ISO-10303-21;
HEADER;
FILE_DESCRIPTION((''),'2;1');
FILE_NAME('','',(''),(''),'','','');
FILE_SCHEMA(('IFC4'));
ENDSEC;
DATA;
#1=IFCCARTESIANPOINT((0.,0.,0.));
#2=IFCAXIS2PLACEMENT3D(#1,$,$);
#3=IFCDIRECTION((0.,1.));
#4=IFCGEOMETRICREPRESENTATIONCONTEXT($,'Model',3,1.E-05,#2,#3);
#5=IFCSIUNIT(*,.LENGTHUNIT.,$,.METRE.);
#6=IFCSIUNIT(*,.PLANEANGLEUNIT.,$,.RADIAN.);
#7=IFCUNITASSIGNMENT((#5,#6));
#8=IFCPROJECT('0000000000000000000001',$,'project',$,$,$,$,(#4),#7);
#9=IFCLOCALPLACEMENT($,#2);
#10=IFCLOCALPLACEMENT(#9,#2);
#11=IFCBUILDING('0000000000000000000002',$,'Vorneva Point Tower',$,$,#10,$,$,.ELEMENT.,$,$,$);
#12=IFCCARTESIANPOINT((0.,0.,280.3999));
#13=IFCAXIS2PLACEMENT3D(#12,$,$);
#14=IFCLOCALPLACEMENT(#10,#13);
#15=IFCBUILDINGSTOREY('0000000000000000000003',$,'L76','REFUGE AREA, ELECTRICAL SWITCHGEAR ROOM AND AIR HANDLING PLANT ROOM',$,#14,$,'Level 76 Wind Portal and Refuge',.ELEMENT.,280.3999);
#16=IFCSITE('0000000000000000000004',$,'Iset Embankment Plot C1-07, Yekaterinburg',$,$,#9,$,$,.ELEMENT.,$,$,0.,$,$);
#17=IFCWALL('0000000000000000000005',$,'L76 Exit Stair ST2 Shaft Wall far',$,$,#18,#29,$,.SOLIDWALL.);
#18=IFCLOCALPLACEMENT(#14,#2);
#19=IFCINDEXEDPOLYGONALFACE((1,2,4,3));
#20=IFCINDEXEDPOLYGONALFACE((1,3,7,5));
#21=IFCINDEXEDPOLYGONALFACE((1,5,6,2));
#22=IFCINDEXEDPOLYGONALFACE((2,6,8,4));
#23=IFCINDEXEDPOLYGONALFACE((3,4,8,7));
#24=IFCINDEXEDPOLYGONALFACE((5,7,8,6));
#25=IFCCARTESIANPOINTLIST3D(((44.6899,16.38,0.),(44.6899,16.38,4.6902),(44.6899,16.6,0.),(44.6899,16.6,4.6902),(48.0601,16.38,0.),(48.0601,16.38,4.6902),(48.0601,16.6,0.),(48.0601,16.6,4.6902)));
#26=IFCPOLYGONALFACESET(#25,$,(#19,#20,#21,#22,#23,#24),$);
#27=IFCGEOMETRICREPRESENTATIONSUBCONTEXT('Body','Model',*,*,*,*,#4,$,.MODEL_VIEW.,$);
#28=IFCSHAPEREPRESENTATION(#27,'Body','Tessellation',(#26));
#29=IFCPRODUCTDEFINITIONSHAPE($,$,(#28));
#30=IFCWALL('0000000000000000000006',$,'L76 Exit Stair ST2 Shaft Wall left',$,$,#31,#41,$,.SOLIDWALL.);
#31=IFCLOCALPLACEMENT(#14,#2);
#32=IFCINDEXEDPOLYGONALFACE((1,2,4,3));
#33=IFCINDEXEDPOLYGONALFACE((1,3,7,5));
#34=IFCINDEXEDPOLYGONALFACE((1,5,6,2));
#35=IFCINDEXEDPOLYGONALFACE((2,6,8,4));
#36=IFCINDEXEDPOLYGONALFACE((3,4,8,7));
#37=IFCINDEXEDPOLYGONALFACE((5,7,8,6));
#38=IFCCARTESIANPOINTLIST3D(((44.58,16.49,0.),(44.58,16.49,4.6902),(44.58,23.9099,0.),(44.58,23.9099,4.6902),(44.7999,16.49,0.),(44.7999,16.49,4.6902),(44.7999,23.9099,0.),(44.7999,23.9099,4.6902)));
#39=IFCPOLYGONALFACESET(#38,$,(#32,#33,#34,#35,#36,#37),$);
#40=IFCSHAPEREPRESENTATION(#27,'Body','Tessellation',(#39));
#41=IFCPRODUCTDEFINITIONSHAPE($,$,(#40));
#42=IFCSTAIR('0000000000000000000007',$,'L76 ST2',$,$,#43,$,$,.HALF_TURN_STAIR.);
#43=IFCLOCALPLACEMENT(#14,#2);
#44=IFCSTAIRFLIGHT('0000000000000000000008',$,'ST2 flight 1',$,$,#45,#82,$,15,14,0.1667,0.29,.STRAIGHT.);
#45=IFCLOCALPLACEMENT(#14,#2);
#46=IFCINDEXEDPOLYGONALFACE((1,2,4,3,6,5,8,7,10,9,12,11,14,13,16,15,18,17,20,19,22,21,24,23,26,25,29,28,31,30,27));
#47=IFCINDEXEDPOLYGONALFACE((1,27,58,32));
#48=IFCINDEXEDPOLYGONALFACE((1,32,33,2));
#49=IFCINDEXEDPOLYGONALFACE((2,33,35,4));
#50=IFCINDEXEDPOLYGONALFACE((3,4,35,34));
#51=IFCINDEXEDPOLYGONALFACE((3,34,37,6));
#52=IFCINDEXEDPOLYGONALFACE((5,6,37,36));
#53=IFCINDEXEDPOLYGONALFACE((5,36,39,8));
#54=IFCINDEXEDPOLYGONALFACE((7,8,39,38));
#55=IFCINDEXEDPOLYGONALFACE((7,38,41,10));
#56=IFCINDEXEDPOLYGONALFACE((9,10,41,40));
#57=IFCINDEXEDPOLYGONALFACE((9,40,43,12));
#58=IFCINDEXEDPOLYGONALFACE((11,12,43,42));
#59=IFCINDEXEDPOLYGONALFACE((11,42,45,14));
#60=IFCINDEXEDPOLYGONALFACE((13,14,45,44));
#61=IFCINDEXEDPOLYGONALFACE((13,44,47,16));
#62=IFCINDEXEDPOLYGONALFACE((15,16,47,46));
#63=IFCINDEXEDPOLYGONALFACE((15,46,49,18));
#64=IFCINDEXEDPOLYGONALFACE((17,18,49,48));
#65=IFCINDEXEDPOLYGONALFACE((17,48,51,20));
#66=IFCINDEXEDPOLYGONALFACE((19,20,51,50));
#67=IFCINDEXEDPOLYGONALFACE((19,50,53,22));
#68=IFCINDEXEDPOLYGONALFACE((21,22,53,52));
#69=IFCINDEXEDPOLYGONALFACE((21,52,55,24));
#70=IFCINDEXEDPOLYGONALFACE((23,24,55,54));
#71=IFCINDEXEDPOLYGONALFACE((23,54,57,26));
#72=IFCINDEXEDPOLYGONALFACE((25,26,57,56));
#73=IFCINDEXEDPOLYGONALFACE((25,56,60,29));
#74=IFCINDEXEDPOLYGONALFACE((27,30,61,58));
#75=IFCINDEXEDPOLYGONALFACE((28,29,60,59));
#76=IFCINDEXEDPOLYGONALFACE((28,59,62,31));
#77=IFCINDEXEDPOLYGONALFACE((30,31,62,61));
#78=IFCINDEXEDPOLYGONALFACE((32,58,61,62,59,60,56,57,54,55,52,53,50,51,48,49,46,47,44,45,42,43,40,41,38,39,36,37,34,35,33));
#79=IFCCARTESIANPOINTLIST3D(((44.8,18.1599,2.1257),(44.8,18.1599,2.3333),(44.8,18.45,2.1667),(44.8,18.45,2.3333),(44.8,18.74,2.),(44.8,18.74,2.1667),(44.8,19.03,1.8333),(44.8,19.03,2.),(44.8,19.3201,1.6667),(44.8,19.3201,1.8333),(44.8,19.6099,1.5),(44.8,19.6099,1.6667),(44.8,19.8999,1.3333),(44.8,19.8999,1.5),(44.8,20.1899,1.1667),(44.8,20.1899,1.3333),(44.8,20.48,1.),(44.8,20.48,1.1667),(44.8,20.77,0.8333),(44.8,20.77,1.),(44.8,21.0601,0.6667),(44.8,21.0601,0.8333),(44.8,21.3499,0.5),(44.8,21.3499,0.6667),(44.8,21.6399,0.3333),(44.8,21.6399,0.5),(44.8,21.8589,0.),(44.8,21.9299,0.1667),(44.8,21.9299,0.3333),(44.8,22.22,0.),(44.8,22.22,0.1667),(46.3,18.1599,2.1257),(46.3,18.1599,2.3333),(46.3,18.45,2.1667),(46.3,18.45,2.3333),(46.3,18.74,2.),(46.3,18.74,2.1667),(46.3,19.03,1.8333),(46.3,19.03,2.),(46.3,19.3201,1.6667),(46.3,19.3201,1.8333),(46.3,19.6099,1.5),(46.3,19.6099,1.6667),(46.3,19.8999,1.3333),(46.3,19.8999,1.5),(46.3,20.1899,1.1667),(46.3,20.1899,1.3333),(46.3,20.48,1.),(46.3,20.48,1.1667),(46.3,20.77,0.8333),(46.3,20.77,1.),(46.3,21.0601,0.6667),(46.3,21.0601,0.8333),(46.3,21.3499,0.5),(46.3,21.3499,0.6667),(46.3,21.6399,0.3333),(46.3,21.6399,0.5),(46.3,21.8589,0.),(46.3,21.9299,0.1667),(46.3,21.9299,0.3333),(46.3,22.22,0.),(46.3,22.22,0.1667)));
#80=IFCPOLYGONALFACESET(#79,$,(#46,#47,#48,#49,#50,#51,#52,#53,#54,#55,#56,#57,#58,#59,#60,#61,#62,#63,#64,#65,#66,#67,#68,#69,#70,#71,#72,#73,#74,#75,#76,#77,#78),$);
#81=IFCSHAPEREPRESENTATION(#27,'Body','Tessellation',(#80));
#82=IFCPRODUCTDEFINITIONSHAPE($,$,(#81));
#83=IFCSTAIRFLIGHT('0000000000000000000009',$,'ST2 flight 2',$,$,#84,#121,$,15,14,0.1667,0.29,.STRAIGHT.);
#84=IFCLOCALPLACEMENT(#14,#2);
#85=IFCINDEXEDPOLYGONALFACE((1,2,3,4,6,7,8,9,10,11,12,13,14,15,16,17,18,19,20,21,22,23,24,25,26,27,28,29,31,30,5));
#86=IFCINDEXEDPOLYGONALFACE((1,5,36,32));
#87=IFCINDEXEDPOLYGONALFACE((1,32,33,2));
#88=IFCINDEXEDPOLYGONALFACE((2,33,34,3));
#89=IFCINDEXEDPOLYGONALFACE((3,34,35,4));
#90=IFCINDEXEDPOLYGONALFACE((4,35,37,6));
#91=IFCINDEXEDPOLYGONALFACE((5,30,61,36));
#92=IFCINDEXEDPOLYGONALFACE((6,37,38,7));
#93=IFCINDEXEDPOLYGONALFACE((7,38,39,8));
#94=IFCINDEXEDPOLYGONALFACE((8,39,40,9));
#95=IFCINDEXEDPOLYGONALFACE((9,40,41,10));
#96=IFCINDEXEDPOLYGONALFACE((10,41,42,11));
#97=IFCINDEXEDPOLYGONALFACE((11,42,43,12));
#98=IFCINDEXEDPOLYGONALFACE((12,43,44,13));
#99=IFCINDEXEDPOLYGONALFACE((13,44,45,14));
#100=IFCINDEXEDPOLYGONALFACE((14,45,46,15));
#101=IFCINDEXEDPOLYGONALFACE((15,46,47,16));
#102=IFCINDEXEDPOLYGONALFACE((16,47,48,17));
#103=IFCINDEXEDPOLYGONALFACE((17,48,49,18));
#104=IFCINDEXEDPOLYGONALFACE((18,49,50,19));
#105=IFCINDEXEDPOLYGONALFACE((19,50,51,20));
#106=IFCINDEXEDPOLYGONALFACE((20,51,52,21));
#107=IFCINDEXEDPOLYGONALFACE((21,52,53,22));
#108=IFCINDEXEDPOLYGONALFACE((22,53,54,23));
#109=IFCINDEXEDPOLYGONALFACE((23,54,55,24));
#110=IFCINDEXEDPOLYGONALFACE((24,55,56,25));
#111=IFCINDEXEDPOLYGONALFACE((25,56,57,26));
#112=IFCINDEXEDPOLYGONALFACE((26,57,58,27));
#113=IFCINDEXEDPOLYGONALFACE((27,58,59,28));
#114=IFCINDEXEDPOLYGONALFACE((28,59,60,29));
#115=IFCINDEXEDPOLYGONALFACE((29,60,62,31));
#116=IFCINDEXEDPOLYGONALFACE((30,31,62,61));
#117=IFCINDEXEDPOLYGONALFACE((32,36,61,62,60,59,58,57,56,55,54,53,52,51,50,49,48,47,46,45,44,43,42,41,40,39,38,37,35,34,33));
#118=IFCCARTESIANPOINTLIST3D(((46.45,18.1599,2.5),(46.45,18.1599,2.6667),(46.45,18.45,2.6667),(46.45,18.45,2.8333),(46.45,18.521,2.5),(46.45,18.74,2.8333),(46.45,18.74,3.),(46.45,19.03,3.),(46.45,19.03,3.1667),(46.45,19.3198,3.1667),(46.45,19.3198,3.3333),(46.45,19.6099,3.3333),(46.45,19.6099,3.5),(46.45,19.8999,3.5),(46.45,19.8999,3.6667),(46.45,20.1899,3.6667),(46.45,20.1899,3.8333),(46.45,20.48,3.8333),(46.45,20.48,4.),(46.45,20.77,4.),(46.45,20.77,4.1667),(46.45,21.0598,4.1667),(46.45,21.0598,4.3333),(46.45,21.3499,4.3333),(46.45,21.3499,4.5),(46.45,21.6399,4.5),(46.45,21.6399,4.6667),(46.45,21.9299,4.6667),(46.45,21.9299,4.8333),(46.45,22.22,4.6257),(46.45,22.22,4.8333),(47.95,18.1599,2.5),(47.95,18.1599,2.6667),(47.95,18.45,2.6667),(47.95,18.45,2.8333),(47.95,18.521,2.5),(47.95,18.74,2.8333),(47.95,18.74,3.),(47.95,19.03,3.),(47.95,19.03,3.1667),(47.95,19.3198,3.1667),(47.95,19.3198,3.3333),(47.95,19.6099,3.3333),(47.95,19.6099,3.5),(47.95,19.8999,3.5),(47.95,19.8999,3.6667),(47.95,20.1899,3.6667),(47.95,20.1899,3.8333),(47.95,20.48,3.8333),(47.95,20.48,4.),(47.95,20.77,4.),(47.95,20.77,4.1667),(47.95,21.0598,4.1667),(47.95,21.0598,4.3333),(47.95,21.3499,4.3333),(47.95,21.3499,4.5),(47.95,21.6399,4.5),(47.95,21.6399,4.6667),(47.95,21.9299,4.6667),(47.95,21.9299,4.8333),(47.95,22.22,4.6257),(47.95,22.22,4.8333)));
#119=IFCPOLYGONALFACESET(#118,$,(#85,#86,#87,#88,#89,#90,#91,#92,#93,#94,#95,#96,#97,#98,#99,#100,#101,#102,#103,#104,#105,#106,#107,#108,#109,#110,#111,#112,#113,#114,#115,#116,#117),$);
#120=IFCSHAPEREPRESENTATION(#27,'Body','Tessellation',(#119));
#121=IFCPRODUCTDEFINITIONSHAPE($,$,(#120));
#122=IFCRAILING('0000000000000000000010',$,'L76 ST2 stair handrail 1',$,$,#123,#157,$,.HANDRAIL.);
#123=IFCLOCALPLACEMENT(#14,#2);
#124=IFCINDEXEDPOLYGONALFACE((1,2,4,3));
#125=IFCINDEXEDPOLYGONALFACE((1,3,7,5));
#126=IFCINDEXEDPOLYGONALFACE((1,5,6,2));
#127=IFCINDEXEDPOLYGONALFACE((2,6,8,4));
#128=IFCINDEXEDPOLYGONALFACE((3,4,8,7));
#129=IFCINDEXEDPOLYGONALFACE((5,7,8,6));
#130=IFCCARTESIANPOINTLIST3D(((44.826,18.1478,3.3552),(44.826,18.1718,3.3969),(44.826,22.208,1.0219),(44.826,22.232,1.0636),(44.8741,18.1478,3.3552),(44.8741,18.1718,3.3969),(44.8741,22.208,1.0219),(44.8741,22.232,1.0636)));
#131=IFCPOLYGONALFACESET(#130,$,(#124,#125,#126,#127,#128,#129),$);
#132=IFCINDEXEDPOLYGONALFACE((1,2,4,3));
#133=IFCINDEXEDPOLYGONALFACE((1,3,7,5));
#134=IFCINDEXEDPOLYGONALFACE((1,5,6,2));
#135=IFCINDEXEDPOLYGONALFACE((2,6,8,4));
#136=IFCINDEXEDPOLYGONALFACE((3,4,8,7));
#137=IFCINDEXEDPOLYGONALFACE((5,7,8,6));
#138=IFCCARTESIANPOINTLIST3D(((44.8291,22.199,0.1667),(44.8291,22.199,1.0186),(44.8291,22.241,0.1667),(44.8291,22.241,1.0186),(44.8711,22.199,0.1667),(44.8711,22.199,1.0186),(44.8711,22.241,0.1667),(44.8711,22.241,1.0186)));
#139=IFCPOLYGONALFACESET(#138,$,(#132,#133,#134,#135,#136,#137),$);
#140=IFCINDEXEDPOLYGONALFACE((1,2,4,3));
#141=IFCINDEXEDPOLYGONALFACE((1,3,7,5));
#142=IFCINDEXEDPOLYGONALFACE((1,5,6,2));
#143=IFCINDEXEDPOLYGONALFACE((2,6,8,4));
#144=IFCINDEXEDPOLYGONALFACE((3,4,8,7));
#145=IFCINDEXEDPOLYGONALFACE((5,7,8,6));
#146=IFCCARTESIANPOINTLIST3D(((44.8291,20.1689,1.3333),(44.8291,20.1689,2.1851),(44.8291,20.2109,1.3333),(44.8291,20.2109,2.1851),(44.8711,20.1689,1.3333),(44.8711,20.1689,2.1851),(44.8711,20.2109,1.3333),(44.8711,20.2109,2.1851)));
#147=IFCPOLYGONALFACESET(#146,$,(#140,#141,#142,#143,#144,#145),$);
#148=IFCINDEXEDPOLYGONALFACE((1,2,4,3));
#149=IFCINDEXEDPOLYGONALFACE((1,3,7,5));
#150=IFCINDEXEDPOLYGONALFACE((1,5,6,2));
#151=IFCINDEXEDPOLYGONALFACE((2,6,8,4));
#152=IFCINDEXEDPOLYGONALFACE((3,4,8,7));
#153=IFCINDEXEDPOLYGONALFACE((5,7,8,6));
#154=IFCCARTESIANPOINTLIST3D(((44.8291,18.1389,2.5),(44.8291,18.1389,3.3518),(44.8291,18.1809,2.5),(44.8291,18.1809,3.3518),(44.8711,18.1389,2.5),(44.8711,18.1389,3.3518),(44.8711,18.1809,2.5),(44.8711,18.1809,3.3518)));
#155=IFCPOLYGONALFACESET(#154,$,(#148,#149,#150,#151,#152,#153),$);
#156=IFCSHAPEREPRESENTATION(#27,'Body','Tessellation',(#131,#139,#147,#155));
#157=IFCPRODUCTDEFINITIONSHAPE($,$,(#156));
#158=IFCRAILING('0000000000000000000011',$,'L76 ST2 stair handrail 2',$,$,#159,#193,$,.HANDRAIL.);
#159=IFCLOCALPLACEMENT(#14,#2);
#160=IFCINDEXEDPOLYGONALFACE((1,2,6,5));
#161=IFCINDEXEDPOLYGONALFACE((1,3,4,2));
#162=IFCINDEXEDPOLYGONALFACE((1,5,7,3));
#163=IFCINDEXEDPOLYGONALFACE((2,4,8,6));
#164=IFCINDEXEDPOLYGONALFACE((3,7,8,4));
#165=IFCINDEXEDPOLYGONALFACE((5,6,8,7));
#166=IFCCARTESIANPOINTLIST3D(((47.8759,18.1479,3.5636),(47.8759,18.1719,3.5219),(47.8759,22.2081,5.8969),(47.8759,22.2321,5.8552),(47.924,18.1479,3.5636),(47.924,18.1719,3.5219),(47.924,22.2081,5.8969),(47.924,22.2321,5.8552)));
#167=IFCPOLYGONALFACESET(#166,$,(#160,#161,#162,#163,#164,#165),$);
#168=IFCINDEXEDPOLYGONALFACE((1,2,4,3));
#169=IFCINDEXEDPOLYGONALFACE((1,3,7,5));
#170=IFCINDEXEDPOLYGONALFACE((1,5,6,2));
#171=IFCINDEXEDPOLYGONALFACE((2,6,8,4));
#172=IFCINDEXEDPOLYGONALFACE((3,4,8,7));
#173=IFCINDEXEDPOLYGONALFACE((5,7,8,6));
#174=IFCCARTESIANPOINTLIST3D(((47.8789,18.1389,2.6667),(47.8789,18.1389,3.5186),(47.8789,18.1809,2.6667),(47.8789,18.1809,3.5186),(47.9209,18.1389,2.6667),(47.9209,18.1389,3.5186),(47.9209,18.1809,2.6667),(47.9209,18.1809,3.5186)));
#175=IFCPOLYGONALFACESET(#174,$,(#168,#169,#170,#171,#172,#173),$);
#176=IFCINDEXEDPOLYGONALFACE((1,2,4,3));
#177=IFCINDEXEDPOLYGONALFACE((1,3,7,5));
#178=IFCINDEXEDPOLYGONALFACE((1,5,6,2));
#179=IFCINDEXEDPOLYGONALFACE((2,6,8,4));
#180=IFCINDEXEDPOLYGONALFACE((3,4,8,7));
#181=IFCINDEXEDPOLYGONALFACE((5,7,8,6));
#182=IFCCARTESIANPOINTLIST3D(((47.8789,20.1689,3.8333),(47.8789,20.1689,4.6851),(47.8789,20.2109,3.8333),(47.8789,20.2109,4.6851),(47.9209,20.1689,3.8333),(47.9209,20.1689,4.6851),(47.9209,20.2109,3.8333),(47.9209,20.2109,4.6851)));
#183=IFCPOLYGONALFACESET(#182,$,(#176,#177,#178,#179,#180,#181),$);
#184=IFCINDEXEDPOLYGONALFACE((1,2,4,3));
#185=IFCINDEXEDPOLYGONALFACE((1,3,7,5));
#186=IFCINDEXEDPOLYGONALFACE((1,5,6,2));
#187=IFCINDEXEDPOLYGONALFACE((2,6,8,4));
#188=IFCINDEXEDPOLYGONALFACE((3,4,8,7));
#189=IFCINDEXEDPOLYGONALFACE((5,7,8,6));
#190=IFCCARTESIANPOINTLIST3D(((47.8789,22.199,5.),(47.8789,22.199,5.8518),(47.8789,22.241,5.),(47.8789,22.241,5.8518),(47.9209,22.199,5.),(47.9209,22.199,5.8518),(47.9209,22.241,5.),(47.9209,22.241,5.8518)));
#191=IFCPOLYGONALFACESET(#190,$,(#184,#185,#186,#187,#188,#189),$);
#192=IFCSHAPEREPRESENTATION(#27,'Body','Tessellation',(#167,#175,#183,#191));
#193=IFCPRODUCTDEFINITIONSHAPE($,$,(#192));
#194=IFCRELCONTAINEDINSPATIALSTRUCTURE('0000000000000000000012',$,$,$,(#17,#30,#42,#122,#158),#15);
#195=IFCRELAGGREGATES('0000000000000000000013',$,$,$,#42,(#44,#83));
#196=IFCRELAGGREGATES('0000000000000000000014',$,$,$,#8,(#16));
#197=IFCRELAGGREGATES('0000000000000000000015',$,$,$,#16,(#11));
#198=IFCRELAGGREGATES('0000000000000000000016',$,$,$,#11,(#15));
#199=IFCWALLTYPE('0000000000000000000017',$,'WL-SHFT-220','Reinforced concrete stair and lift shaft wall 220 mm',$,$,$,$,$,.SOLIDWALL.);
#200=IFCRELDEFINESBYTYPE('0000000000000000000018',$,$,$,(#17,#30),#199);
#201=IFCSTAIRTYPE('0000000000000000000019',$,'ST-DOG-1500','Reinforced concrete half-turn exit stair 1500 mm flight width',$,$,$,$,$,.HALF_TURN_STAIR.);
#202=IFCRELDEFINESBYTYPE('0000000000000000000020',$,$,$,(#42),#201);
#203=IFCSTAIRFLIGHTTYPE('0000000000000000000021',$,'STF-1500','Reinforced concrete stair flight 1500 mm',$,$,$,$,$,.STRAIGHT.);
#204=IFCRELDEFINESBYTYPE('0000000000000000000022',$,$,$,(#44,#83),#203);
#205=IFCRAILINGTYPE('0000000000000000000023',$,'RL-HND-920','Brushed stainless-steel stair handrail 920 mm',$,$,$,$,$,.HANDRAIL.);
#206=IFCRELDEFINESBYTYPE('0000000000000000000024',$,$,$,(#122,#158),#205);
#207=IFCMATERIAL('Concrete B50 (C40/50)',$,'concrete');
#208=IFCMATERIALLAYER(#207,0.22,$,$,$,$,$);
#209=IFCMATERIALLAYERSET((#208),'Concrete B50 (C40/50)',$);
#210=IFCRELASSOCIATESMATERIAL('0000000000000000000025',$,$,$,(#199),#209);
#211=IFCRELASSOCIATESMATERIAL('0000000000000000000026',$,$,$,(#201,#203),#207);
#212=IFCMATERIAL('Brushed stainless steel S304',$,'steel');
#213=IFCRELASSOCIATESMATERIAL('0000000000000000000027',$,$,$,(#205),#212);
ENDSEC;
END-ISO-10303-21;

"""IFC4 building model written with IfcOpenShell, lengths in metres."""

from ifc_helpers import new_model, si_unit, direction, frame, frame_2d, origin, origin_2d, place, context, subcontext, project, spatial, polyline, rectangle, outline, extrude, material, layer, layer_set, type_object, element, aggregate, save


model = new_model("IFC4")

# Units and contexts
model_context = context("Model", 3, precision=1e-05, world=origin(), true_north=direction((0.0, 1.0)))
body_context = subcontext(model_context, "Body", "Model", "MODEL_VIEW")
ifc_project = project(units=[si_unit("LENGTHUNIT", "METRE"), si_unit("PLANEANGLEUNIT", "RADIAN")], contexts=[model_context])

# Site, building, storey
site_placement = place(None, origin())
site = spatial("IfcSite", under=ifc_project, at=site_placement, Name="Iset Embankment Plot C1-07, Yekaterinburg", CompositionType="ELEMENT", RefElevation=0.0)
building_placement = place(site_placement, origin())
building = spatial("IfcBuilding", under=site, at=building_placement, Name="Vorneva Point Tower", CompositionType="ELEMENT")
storey_placement = place(building_placement, frame((0.0, 0.0, 280.3999)))
storey = spatial("IfcBuildingStorey", under=building, at=storey_placement, Name="L76", Description="REFUGE AREA, ELECTRICAL SWITCHGEAR ROOM AND AIR HANDLING PLANT ROOM", LongName="Level 76 Wind Portal and Refuge", CompositionType="ELEMENT", Elevation=280.3999)

# Shared definitions
ifc_material_1 = material(Name="Concrete B50 (C40/50)", Category="concrete")

# Shared definitions
ifc_layer_1 = layer(ifc_material_1, 0.22)
ifc_layer_set_1 = layer_set([ifc_layer_1], Name="Concrete B50 (C40/50)")
wall_type_1 = type_object("IfcWallType", Name="WL-SHFT-220", Description="Reinforced concrete stair and lift shaft wall 220 mm", PredefinedType="SOLIDWALL", material=ifc_layer_set_1)

# Walls
wall_1_placement = place(storey_placement, frame((48.0601, 16.49, 0.0), z_axis=(0.0, 0.0, 1.0), x_axis=(-1.0, 0.0, 0.0)))
element("IfcWall", 1, at=wall_1_placement, inside=storey, type_object=wall_type_1, Name="L76 Exit Stair ST2 Shaft Wall far", PredefinedType="SOLIDWALL", context=body_context, shape_type="SweptSolid", body=[
    extrude(rectangle(XDim=3.3701, YDim=0.22, at=frame_2d((1.6851, 0.0))), origin(), (0.0, 0.0, 1.0), 4.6902),
])
wall_2_placement = place(storey_placement, frame((44.6899, 16.49, 0.0), z_axis=(0.0, 0.0, 1.0), x_axis=(0.0, 1.0, 0.0)))
element("IfcWall", 2, at=wall_2_placement, inside=storey, type_object=wall_type_1, Name="L76 Exit Stair ST2 Shaft Wall left", PredefinedType="SOLIDWALL", context=body_context, shape_type="SweptSolid", body=[
    extrude(rectangle(XDim=7.4199, YDim=0.22, at=frame_2d((3.71, 0.0))), origin(), (0.0, 0.0, 1.0), 4.6902),
])

# Stair, stair flights
stair_type = type_object("IfcStairType", Name="ST-DOG-1500", Description="Reinforced concrete half-turn exit stair 1500 mm flight width", PredefinedType="HALF_TURN_STAIR", material=ifc_material_1)
stair_placement = place(storey_placement, origin())
stair = element("IfcStair", 3, at=stair_placement, inside=storey, type_object=stair_type, Name="L76 ST2", PredefinedType="HALF_TURN_STAIR")
stair_flight_type = type_object("IfcStairFlightType", Name="STF-1500", Description="Reinforced concrete stair flight 1500 mm", PredefinedType="STRAIGHT", material=ifc_material_1)
stair_flight_1_placement = place(storey_placement, frame((45.55, 22.22, 0.0), z_axis=(0.0, 0.0, 1.0), x_axis=(0.0, -1.0, 0.0)))
stair_flight_1 = element("IfcStairFlight", 4, at=stair_flight_1_placement, type_object=stair_flight_type, Name="ST2 flight 1", NumberOfRisers=15, NumberOfTreads=14, PredefinedType="STRAIGHT", RiserHeight=0.1667, TreadLength=0.29, context=body_context, shape_type="SweptSolid", body=[
    extrude(outline(polyline([(0.0, 0.0), (0.0, 0.1667), (0.29, 0.1667), (0.29, 0.3333), (0.5801, 0.3333), (0.5801, 0.5), (0.8701, 0.5), (0.8701, 0.6667), (1.1599, 0.6667), (1.1599, 0.8333), (1.45, 0.8333), (1.45, 1.0), (1.74, 1.0), (1.74, 1.1667), (2.03, 1.1667), (2.03, 1.3333), (2.3201, 1.3333), (2.3201, 1.5), (2.6101, 1.5), (2.6101, 1.6667), (2.8999, 1.6667), (2.8999, 1.8333), (3.1899, 1.8333), (3.1899, 2.0), (3.48, 2.0), (3.48, 2.1667), (3.77, 2.1667), (3.77, 2.3333), (4.0601, 2.3333), (4.0601, 2.5), (4.0601, 2.1257), (0.3611, 0.0), (0.0, 0.0)])), frame((0.0, 0.75, 0.0), z_axis=(0.0, -1.0, 0.0), x_axis=(1.0, 0.0, 0.0)), (0.0, 0.0, 1.0), 1.5),
])
stair_flight_2_placement = place(storey_placement, frame((47.2, 18.1599, 2.5), z_axis=(0.0, 0.0, 1.0), x_axis=(0.0, 1.0, 0.0)))
stair_flight_2 = element("IfcStairFlight", 5, at=stair_flight_2_placement, type_object=stair_flight_type, Name="ST2 flight 2", NumberOfRisers=15, NumberOfTreads=14, PredefinedType="STRAIGHT", RiserHeight=0.1667, TreadLength=0.29, context=body_context, shape_type="SweptSolid", body=[
    extrude(outline(polyline([(0.0, 0.0), (0.0, 0.1667), (0.29, 0.1667), (0.29, 0.3333), (0.5801, 0.3333), (0.5801, 0.5), (0.8701, 0.5), (0.8701, 0.6667), (1.1599, 0.6667), (1.1599, 0.8333), (1.45, 0.8333), (1.45, 1.0), (1.74, 1.0), (1.74, 1.1667), (2.03, 1.1667), (2.03, 1.3333), (2.3201, 1.3333), (2.3201, 1.5), (2.6101, 1.5), (2.6101, 1.6667), (2.8999, 1.6667), (2.8999, 1.8333), (3.1899, 1.8333), (3.1899, 2.0), (3.48, 2.0), (3.48, 2.1667), (3.77, 2.1667), (3.77, 2.3333), (4.0601, 2.3333), (4.0601, 2.5), (4.0601, 2.1257), (0.3611, 0.0), (0.0, 0.0)])), frame((0.0, 0.75, 0.0), z_axis=(0.0, -1.0, 0.0), x_axis=(1.0, 0.0, 0.0)), (0.0, 0.0, 1.0), 1.5),
])
aggregate(stair, [stair_flight_1, stair_flight_2])

# Railings
ifc_material_2 = material(Name="Brushed stainless steel S304", Category="steel")
railing_type_1 = type_object("IfcRailingType", Name="RL-HND-920", Description="Brushed stainless-steel stair handrail 920 mm", PredefinedType="HANDRAIL", material=ifc_material_2)
railing_1_placement = place(storey_placement, frame((44.8501, 22.22, 0.1667)))
element("IfcRailing", 6, at=railing_1_placement, inside=storey, type_object=railing_type_1, Name="L76 ST2 stair handrail 1", PredefinedType="HANDRAIL", context=body_context, shape_type="SweptSolid", body=[
    extrude(rectangle(XDim=0.0481, YDim=0.0481, at=origin_2d()), frame((0.0, 0.0, 0.876), z_axis=(0.0, -0.867025, 0.498265), x_axis=(1.0, 0.0, 0.0)), (0.0, 0.0, 1.0), 4.6829),
    extrude(rectangle(XDim=0.042, YDim=0.042, at=origin_2d()), origin(), (0.0, 0.0, 1.0), 0.8518),
    extrude(rectangle(XDim=0.042, YDim=0.042, at=origin_2d()), frame((0.0, -2.03, 1.1665)), (0.0, 0.0, 1.0), 0.8518),
    extrude(rectangle(XDim=0.042, YDim=0.042, at=origin_2d()), frame((0.0, -4.0601, 2.3333)), (0.0, 0.0, 1.0), 0.8518),
])
railing_2_placement = place(storey_placement, frame((47.8999, 18.1599, 2.6667)))
element("IfcRailing", 7, at=railing_2_placement, inside=storey, type_object=railing_type_1, Name="L76 ST2 stair handrail 2", PredefinedType="HANDRAIL", context=body_context, shape_type="SweptSolid", body=[
    extrude(rectangle(XDim=0.0481, YDim=0.0481, at=origin_2d()), frame((0.0, 0.0, 0.876), z_axis=(0.0, 0.867025, 0.498265), x_axis=(-1.0, 0.0, 0.0)), (0.0, 0.0, 1.0), 4.6829),
    extrude(rectangle(XDim=0.042, YDim=0.042, at=origin_2d()), origin(), (0.0, 0.0, 1.0), 0.8518),
    extrude(rectangle(XDim=0.042, YDim=0.042, at=origin_2d()), frame((0.0, 2.03, 1.1665)), (0.0, 0.0, 1.0), 0.8518),
    extrude(rectangle(XDim=0.042, YDim=0.042, at=origin_2d()), frame((0.0, 4.0601, 2.3333)), (0.0, 0.0, 1.0), 0.8518),
])

save(model, "model.ifc")
